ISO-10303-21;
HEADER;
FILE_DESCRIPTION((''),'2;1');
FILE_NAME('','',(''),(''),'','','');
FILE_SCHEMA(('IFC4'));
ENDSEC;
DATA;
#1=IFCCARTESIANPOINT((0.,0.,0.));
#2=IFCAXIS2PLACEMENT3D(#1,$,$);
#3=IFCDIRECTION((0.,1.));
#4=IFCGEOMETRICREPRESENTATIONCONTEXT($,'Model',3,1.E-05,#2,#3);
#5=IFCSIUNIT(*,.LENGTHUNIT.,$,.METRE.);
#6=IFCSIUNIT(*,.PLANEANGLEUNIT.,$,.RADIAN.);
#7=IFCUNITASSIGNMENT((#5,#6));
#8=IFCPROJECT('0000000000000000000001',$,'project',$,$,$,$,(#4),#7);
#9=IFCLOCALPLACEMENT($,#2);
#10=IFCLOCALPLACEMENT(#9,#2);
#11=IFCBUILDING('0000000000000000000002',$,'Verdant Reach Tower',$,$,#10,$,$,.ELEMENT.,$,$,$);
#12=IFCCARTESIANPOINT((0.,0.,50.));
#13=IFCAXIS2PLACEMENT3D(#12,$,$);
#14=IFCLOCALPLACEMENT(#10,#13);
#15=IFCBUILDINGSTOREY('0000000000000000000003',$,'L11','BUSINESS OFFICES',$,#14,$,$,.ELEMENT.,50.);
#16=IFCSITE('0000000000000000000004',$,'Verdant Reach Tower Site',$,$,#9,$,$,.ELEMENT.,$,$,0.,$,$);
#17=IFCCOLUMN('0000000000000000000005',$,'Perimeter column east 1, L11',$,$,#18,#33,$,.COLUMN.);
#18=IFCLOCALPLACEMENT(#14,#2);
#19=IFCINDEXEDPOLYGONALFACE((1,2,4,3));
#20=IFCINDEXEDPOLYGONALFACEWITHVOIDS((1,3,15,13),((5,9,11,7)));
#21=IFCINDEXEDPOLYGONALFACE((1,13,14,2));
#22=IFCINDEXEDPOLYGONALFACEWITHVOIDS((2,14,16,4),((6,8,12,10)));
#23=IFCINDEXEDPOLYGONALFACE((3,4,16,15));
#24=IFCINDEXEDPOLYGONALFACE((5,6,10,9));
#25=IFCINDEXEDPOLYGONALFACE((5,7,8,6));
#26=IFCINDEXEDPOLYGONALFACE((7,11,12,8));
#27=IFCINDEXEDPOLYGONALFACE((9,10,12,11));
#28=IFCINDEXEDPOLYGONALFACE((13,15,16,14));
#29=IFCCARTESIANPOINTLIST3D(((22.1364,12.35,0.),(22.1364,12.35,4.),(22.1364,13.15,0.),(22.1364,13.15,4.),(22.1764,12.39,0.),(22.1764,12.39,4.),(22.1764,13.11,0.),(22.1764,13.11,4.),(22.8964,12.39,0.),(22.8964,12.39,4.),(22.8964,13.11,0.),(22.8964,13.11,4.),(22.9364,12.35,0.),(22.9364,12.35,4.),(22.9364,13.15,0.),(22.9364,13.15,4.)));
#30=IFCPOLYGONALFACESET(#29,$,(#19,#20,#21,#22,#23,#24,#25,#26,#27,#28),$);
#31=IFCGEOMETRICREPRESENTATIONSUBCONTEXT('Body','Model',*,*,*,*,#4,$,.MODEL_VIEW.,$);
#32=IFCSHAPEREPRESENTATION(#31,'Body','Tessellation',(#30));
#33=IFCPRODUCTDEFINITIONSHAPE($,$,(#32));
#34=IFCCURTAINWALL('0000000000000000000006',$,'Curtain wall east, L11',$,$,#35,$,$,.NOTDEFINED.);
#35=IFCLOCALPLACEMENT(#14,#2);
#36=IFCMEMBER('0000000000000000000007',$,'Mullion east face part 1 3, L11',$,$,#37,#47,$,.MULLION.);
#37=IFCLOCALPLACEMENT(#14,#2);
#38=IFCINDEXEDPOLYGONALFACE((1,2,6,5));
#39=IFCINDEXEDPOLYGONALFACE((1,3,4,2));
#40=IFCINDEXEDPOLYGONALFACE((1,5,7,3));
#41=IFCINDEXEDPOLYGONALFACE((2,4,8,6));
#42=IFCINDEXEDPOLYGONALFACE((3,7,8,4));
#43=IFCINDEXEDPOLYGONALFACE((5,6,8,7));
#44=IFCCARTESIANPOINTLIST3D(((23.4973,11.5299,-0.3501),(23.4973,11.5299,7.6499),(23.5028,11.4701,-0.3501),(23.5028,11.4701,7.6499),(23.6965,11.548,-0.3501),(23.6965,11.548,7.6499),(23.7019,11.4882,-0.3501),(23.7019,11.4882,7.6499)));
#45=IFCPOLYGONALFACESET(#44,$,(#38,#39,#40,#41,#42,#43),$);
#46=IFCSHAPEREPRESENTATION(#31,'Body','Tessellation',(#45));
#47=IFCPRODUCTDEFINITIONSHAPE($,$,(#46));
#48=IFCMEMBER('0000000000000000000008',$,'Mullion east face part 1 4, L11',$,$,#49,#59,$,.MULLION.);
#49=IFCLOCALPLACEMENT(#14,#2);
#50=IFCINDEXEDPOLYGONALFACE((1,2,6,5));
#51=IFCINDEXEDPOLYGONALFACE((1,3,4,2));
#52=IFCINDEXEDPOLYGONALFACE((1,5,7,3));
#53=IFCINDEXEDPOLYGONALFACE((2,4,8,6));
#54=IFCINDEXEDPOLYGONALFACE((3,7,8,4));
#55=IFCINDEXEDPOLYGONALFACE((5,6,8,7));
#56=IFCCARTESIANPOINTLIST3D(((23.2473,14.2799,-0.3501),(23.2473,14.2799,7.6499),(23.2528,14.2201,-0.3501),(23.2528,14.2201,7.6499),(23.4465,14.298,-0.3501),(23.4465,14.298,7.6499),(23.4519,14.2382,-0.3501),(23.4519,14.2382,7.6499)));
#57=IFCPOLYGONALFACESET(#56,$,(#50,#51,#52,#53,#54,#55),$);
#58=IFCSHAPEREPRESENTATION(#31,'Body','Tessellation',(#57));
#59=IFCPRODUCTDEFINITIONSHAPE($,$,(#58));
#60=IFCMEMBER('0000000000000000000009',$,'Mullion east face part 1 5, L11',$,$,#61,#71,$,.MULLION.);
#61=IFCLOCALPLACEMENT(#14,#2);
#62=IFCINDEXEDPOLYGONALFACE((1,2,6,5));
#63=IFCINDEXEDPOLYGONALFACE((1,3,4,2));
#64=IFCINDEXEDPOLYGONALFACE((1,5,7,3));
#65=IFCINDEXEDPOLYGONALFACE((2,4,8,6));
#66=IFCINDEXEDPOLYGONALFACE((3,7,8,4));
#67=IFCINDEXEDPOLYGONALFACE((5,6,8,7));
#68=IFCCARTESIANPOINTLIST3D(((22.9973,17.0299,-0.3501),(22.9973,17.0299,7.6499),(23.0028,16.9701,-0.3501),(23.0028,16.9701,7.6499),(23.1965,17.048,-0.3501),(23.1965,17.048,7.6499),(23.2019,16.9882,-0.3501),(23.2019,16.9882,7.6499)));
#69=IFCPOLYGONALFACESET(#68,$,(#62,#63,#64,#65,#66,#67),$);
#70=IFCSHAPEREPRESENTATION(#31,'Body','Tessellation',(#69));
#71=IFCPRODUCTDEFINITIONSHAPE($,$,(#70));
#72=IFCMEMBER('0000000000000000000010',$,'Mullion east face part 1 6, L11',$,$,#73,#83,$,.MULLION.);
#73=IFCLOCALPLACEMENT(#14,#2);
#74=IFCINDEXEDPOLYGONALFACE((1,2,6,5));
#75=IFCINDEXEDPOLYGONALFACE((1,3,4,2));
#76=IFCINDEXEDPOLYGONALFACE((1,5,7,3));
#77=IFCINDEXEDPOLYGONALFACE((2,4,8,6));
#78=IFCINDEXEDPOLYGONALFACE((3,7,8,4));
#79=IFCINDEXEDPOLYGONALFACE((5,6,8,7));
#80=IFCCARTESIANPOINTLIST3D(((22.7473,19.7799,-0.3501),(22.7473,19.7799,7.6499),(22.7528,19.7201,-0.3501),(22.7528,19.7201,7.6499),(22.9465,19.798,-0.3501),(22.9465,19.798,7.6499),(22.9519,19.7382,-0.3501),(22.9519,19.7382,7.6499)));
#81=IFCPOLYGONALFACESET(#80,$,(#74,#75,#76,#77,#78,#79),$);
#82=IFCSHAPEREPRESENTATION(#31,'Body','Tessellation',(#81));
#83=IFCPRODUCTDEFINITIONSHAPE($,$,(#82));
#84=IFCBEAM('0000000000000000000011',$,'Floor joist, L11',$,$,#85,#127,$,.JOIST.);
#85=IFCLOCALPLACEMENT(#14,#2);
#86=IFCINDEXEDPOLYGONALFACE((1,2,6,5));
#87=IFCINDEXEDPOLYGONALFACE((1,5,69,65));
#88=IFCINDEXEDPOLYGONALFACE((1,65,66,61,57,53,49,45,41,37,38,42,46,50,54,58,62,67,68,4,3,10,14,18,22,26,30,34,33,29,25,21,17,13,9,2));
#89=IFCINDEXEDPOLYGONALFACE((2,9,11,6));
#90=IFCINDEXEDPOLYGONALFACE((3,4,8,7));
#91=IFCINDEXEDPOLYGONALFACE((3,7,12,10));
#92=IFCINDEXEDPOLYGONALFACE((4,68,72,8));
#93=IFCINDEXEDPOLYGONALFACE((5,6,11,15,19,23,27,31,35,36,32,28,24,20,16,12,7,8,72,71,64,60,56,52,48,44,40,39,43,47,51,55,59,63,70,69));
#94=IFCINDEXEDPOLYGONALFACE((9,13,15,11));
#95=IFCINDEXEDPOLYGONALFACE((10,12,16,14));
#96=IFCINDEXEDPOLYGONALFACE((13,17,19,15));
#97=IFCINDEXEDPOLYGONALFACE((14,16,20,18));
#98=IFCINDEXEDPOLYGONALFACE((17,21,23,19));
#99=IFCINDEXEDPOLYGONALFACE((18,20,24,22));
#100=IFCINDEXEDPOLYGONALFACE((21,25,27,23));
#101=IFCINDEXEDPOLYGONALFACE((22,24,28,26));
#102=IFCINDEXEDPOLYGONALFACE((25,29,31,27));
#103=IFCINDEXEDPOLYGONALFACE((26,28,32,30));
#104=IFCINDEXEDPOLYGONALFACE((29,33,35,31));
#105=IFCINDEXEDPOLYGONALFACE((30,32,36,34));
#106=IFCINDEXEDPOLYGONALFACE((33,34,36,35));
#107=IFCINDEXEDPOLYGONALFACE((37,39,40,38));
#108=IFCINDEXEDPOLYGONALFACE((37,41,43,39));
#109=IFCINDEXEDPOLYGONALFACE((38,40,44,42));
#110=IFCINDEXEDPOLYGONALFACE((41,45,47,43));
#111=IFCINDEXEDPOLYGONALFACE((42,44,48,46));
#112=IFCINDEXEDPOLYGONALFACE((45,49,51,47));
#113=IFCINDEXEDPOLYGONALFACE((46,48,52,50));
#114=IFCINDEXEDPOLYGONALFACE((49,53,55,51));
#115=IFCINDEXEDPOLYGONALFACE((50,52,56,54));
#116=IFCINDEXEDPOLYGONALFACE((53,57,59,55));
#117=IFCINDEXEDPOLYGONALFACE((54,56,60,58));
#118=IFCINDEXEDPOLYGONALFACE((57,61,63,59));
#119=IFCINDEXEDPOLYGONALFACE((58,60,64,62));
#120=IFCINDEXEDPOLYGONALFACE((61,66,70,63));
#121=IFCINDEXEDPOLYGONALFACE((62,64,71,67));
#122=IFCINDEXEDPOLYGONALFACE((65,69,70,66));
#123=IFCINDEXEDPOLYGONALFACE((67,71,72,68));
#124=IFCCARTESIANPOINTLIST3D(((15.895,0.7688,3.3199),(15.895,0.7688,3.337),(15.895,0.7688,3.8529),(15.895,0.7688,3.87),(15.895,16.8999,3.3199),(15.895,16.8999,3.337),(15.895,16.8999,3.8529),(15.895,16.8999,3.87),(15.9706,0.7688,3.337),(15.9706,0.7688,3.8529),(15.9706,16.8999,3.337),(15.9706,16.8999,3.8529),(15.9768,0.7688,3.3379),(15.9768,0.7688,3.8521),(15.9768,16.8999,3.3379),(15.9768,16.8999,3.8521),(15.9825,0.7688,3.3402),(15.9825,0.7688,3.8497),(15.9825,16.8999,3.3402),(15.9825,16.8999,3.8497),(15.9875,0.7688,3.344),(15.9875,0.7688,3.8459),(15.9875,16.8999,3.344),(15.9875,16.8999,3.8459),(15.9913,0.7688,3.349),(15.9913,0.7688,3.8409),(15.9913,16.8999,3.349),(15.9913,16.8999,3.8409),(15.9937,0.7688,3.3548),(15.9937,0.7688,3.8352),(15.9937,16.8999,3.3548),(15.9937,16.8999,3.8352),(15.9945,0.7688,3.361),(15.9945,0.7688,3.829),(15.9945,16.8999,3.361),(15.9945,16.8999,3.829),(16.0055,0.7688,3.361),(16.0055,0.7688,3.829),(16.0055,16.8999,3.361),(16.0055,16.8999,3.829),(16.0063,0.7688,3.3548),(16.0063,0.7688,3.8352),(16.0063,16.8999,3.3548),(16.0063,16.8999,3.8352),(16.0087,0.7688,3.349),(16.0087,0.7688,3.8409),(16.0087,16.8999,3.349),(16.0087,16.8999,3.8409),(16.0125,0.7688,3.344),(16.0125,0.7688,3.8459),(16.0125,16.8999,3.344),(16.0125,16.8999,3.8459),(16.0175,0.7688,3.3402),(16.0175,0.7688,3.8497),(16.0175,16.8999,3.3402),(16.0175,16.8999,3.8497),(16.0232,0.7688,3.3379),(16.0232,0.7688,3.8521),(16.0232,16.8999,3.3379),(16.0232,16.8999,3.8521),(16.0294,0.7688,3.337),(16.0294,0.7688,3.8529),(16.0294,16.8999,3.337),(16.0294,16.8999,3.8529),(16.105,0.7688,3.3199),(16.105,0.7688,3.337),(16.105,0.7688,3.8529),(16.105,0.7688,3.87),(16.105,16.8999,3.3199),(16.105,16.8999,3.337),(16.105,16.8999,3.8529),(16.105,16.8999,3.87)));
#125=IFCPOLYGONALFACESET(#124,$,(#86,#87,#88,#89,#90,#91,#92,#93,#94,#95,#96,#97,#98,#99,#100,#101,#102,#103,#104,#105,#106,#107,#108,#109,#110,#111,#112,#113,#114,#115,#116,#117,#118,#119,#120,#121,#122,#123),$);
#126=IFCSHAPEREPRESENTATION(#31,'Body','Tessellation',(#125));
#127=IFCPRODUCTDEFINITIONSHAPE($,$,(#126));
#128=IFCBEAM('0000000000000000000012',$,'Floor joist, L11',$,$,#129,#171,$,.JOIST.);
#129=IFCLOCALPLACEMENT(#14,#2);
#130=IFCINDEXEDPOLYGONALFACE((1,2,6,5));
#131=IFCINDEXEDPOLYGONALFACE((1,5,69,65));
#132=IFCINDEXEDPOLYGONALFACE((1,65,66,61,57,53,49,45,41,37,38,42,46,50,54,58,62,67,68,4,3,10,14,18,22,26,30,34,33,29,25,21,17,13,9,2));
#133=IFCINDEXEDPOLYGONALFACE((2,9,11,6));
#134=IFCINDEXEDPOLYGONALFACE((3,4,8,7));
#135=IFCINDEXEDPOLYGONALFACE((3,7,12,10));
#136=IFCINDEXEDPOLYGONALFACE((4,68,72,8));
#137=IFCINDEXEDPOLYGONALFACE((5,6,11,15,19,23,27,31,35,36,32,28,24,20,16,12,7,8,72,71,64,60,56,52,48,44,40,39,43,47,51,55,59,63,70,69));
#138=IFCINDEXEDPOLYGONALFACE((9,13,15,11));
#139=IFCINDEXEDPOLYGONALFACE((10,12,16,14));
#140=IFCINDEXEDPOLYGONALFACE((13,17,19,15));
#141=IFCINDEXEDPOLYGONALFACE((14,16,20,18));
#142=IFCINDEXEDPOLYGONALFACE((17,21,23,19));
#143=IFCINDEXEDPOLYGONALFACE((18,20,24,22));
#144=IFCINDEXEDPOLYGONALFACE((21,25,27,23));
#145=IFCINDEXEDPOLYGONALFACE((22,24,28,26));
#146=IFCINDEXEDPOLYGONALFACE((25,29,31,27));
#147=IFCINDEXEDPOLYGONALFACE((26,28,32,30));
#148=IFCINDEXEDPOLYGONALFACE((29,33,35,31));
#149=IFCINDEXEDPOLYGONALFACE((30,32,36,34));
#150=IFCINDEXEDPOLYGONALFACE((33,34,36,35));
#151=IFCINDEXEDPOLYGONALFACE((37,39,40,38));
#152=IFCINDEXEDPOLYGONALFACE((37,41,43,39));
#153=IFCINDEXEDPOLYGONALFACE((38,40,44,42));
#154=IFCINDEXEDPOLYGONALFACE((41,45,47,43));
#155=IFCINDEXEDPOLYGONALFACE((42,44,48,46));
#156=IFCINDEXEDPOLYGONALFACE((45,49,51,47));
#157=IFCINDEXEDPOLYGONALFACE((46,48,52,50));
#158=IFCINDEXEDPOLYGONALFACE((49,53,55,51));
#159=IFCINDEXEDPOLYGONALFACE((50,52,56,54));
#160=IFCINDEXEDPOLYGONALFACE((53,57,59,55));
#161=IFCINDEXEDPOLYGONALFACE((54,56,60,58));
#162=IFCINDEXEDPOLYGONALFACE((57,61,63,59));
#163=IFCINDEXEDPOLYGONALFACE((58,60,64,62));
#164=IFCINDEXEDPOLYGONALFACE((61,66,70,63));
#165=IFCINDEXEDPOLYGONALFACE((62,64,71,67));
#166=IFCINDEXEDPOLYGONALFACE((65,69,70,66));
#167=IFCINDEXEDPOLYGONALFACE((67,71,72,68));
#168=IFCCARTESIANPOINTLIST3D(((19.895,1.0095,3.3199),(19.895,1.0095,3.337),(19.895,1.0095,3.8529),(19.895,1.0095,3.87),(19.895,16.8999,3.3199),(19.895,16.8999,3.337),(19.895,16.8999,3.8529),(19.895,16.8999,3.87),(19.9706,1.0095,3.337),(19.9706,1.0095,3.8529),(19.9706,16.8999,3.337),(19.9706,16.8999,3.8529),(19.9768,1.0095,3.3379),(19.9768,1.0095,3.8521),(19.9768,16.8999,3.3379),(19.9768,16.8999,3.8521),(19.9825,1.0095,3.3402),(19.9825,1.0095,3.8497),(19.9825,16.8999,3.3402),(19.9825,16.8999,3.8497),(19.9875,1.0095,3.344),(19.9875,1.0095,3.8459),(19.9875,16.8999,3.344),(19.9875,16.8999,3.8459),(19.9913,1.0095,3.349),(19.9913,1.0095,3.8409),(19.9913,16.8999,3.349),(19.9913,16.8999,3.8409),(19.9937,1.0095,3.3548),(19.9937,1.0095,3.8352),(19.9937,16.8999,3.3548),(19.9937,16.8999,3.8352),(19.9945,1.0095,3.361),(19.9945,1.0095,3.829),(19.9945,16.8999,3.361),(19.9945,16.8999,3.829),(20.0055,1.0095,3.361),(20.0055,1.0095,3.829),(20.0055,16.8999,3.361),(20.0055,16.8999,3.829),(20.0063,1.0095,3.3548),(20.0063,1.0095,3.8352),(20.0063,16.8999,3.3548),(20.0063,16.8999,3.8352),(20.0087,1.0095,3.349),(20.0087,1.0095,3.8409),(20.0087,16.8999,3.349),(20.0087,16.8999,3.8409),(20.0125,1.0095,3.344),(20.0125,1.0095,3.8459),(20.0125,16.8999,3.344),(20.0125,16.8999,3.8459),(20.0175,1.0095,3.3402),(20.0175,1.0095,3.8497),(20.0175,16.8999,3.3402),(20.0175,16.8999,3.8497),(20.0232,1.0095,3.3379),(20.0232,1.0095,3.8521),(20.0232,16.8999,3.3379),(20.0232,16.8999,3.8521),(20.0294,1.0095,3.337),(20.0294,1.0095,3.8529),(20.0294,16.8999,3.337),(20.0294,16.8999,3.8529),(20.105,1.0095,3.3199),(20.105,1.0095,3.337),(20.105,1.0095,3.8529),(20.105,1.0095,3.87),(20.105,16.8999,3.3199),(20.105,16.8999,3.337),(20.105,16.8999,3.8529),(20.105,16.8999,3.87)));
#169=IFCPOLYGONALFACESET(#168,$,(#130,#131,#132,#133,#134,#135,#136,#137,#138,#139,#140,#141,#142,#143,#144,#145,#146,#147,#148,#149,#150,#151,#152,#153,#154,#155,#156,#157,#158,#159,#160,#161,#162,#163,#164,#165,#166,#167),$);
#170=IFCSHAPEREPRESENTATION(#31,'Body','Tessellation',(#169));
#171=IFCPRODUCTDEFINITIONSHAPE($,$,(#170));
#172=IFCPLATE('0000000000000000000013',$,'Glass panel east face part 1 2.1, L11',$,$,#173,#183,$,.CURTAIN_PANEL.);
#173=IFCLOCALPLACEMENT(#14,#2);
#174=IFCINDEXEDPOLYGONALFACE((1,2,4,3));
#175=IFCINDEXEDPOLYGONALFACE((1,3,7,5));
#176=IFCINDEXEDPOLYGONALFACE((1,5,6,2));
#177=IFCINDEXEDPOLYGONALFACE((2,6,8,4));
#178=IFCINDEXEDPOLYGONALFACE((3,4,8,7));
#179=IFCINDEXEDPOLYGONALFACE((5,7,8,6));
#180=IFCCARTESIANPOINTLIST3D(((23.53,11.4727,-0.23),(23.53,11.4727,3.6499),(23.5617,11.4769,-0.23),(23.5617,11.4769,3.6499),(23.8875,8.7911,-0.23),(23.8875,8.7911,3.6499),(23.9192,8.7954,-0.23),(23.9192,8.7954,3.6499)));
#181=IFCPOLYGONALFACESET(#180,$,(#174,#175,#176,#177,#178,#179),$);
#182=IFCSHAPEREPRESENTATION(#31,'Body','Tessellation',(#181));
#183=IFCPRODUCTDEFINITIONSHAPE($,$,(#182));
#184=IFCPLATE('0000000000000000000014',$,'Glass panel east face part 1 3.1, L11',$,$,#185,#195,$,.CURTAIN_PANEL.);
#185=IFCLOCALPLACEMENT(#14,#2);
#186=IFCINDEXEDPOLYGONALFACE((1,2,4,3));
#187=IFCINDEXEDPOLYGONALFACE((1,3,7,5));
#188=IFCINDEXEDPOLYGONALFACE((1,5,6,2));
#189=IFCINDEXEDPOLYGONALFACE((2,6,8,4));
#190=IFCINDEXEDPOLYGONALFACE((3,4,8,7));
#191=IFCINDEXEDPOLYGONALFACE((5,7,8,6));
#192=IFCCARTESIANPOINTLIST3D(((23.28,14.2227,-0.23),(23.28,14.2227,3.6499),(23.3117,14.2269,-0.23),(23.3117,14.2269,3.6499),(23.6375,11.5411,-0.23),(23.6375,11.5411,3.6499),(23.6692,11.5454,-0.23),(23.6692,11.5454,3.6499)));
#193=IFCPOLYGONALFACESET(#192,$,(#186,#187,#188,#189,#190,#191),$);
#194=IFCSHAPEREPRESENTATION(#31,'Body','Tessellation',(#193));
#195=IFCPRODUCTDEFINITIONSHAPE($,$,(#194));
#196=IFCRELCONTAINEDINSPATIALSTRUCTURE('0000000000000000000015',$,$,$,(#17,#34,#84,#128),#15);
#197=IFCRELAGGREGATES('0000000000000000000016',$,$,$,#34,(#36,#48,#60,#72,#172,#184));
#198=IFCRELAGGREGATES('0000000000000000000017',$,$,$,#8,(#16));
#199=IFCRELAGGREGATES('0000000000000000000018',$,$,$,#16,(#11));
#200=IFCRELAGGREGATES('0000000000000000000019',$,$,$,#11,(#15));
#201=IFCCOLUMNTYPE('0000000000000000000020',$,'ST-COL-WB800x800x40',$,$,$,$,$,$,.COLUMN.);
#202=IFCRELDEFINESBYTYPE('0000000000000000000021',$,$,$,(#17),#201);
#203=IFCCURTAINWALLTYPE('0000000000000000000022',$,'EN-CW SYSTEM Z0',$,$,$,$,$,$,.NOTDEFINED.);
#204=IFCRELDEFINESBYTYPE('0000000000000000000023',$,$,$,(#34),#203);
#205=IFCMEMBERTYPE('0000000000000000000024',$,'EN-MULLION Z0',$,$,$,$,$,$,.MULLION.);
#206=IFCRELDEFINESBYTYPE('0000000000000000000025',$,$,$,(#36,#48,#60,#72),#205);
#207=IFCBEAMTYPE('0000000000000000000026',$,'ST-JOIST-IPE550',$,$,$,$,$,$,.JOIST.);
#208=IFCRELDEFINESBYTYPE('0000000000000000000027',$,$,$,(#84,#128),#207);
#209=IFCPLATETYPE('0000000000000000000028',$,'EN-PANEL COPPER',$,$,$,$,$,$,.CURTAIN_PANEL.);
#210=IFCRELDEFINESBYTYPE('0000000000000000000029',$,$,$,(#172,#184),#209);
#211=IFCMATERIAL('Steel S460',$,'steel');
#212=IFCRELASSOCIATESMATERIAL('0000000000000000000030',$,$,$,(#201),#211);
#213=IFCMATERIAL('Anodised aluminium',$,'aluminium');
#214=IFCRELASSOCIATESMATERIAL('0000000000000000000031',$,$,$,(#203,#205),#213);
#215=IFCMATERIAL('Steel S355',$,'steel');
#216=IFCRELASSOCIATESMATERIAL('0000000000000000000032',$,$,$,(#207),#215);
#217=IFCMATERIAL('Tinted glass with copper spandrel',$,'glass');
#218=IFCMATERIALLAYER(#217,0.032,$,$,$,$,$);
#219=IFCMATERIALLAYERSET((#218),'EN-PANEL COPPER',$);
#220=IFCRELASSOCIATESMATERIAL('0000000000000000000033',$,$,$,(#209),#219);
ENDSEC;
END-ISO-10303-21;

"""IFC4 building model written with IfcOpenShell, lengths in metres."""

from ifc_helpers import new_model, si_unit, direction, frame, origin, origin_2d, place, context, subcontext, project, spatial, rectangle, hollow_rectangle, i_section, extrude, material, layer, layer_set, material_profile, profile_set, type_object, element, aggregate, save


model = new_model("IFC4")

# Units and contexts
model_context = context("Model", 3, precision=1e-05, world=origin(), true_north=direction((0.0, 1.0)))
body_context = subcontext(model_context, "Body", "Model", "MODEL_VIEW")
ifc_project = project(units=[si_unit("LENGTHUNIT", "METRE"), si_unit("PLANEANGLEUNIT", "RADIAN")], contexts=[model_context])

# Site, building, storey
site_placement = place(None, origin())
site = spatial("IfcSite", under=ifc_project, at=site_placement, Name="Verdant Reach Tower Site", CompositionType="ELEMENT", RefElevation=0.0)
building_placement = place(site_placement, origin())
building = spatial("IfcBuilding", under=site, at=building_placement, Name="Verdant Reach Tower", CompositionType="ELEMENT")
storey_placement = place(building_placement, frame((0.0, 0.0, 50.0)))
storey = spatial("IfcBuildingStorey", under=building, at=storey_placement, Name="L11", Description="BUSINESS OFFICES", CompositionType="ELEMENT", Elevation=50.0)

# Column
ifc_material_1 = material(Name="Steel S460", Category="steel")
ifc_material_profile_1 = material_profile(ifc_material_1, hollow_rectangle(XDim=0.8, YDim=0.8, WallThickness=0.04, at=origin_2d()), Name="WB 800x800x40")
ifc_profile_set_1 = profile_set([ifc_material_profile_1], Name="Steel S460")
column_type = type_object("IfcColumnType", Name="ST-COL-WB800x800x40", PredefinedType="COLUMN", material=ifc_profile_set_1)
column_placement = place(storey_placement, frame((22.5364, 12.75, 0.0), z_axis=(0.0, 0.0, 1.0), x_axis=(1.0, 0.0, 0.0)))
element("IfcColumn", 1, at=column_placement, inside=storey, type_object=column_type, Name="Perimeter column east 1, L11", PredefinedType="COLUMN", context=body_context, shape_type="SweptSolid", body=[
    extrude(hollow_rectangle(XDim=0.8, YDim=0.8, WallThickness=0.04, at=origin_2d()), origin(), (0.0, 0.0, 1.0), 4.0),
])

# Curtain wall, members
ifc_material_2 = material(Name="Anodised aluminium", Category="aluminium")
curtain_wall_type = type_object("IfcCurtainWallType", Name="EN-CW SYSTEM Z0", PredefinedType="NOTDEFINED", material=ifc_material_2)
curtain_wall_placement = place(storey_placement, origin())
curtain_wall = element("IfcCurtainWall", 2, at=curtain_wall_placement, inside=storey, type_object=curtain_wall_type, Name="Curtain wall east, L11", PredefinedType="NOTDEFINED")
ifc_material_profile_2 = material_profile(ifc_material_2, rectangle(XDim=0.2, YDim=0.0601, at=origin_2d()), Name="Mullion 60x200")
ifc_profile_set_2 = profile_set([ifc_material_profile_2], Name="Anodised aluminium")
member_type = type_object("IfcMemberType", Name="EN-MULLION Z0", PredefinedType="MULLION", material=ifc_profile_set_2)
member_1_placement = place(storey_placement, frame((23.5996, 11.509, -0.3501), z_axis=(0.0, 0.0, 1.0), x_axis=(0.995893, 0.090536, 0.0)))
member_1 = element("IfcMember", 3, at=member_1_placement, type_object=member_type, Name="Mullion east face part 1 3, L11", PredefinedType="MULLION", context=body_context, shape_type="SweptSolid", body=[
    extrude(rectangle(XDim=0.2, YDim=0.0601, at=origin_2d()), origin(), (0.0, 0.0, 1.0), 8.0),
])
member_2_placement = place(storey_placement, frame((23.3496, 14.259, -0.3501), z_axis=(0.0, 0.0, 1.0), x_axis=(0.995893, 0.090536, 0.0)))
member_2 = element("IfcMember", 4, at=member_2_placement, type_object=member_type, Name="Mullion east face part 1 4, L11", PredefinedType="MULLION", context=body_context, shape_type="SweptSolid", body=[
    extrude(rectangle(XDim=0.2, YDim=0.0601, at=origin_2d()), origin(), (0.0, 0.0, 1.0), 8.0),
])
member_3_placement = place(storey_placement, frame((23.0996, 17.009, -0.3501), z_axis=(0.0, 0.0, 1.0), x_axis=(0.995893, 0.090536, 0.0)))
member_3 = element("IfcMember", 5, at=member_3_placement, type_object=member_type, Name="Mullion east face part 1 5, L11", PredefinedType="MULLION", context=body_context, shape_type="SweptSolid", body=[
    extrude(rectangle(XDim=0.2, YDim=0.0601, at=origin_2d()), origin(), (0.0, 0.0, 1.0), 8.0),
])
member_4_placement = place(storey_placement, frame((22.8496, 19.759, -0.3501), z_axis=(0.0, 0.0, 1.0), x_axis=(0.995893, 0.090536, 0.0)))
member_4 = element("IfcMember", 6, at=member_4_placement, type_object=member_type, Name="Mullion east face part 1 6, L11", PredefinedType="MULLION", context=body_context, shape_type="SweptSolid", body=[
    extrude(rectangle(XDim=0.2, YDim=0.0601, at=origin_2d()), origin(), (0.0, 0.0, 1.0), 8.0),
])

# Beams
ifc_material_3 = material(Name="Steel S355", Category="steel")
ifc_material_profile_3 = material_profile(ifc_material_3, i_section(OverallWidth=0.21, OverallDepth=0.55, WebThickness=0.011, FlangeThickness=0.0171, FilletRadius=0.0239, at=origin_2d()), Name="IPE 550")
ifc_profile_set_3 = profile_set([ifc_material_profile_3], Name="Steel S355")
beam_type = type_object("IfcBeamType", Name="ST-JOIST-IPE550", PredefinedType="JOIST", material=ifc_profile_set_3)
beam_1_placement = place(storey_placement, frame((16.0, 16.8999, 3.595), z_axis=(0.0, -1.0, 0.0), x_axis=(1.0, 0.0, 0.0)))
element("IfcBeam", 7, at=beam_1_placement, inside=storey, type_object=beam_type, Name="Floor joist, L11", PredefinedType="JOIST", context=body_context, shape_type="SweptSolid", body=[
    extrude(i_section(OverallWidth=0.21, OverallDepth=0.55, WebThickness=0.011, FlangeThickness=0.0171, FilletRadius=0.0239, at=origin_2d()), origin(), (0.0, 0.0, 1.0), 16.1311),
])
beam_2_placement = place(storey_placement, frame((20.0, 16.8999, 3.595), z_axis=(0.0, -1.0, 0.0), x_axis=(1.0, 0.0, 0.0)))
element("IfcBeam", 8, at=beam_2_placement, inside=storey, type_object=beam_type, Name="Floor joist, L11", PredefinedType="JOIST", context=body_context, shape_type="SweptSolid", body=[
    extrude(i_section(OverallWidth=0.21, OverallDepth=0.55, WebThickness=0.011, FlangeThickness=0.0171, FilletRadius=0.0239, at=origin_2d()), origin(), (0.0, 0.0, 1.0), 15.8904),
])

# Plates
ifc_material_4 = material(Name="Tinted glass with copper spandrel", Category="glass")
ifc_layer_1 = layer(ifc_material_4, 0.032)
ifc_layer_set_1 = layer_set([ifc_layer_1], Name="EN-PANEL COPPER")
plate_type_1 = type_object("IfcPlateType", Name="EN-PANEL COPPER", PredefinedType="CURTAIN_PANEL", material=ifc_layer_set_1)
plate_1_placement = place(storey_placement, frame((23.7246, 10.134, -0.23), z_axis=(0.0, 0.0, 1.0), x_axis=(-0.13216, 0.991228, 0.0)))
plate_1 = element("IfcPlate", 9, at=plate_1_placement, type_object=plate_type_1, Name="Glass panel east face part 1 2.1, L11", PredefinedType="CURTAIN_PANEL", context=body_context, shape_type="SweptSolid", body=[
    extrude(rectangle(XDim=2.7053, YDim=0.032, at=origin_2d()), origin(), (0.0, 0.0, 1.0), 3.8799),
])
plate_2_placement = place(storey_placement, frame((23.4746, 12.884, -0.23), z_axis=(0.0, 0.0, 1.0), x_axis=(-0.13216, 0.991228, 0.0)))
plate_2 = element("IfcPlate", 10, at=plate_2_placement, type_object=plate_type_1, Name="Glass panel east face part 1 3.1, L11", PredefinedType="CURTAIN_PANEL", context=body_context, shape_type="SweptSolid", body=[
    extrude(rectangle(XDim=2.7053, YDim=0.032, at=origin_2d()), origin(), (0.0, 0.0, 1.0), 3.8799),
])
aggregate(curtain_wall, [member_1, member_2, member_3, member_4, plate_1, plate_2])

save(model, "model.ifc")
